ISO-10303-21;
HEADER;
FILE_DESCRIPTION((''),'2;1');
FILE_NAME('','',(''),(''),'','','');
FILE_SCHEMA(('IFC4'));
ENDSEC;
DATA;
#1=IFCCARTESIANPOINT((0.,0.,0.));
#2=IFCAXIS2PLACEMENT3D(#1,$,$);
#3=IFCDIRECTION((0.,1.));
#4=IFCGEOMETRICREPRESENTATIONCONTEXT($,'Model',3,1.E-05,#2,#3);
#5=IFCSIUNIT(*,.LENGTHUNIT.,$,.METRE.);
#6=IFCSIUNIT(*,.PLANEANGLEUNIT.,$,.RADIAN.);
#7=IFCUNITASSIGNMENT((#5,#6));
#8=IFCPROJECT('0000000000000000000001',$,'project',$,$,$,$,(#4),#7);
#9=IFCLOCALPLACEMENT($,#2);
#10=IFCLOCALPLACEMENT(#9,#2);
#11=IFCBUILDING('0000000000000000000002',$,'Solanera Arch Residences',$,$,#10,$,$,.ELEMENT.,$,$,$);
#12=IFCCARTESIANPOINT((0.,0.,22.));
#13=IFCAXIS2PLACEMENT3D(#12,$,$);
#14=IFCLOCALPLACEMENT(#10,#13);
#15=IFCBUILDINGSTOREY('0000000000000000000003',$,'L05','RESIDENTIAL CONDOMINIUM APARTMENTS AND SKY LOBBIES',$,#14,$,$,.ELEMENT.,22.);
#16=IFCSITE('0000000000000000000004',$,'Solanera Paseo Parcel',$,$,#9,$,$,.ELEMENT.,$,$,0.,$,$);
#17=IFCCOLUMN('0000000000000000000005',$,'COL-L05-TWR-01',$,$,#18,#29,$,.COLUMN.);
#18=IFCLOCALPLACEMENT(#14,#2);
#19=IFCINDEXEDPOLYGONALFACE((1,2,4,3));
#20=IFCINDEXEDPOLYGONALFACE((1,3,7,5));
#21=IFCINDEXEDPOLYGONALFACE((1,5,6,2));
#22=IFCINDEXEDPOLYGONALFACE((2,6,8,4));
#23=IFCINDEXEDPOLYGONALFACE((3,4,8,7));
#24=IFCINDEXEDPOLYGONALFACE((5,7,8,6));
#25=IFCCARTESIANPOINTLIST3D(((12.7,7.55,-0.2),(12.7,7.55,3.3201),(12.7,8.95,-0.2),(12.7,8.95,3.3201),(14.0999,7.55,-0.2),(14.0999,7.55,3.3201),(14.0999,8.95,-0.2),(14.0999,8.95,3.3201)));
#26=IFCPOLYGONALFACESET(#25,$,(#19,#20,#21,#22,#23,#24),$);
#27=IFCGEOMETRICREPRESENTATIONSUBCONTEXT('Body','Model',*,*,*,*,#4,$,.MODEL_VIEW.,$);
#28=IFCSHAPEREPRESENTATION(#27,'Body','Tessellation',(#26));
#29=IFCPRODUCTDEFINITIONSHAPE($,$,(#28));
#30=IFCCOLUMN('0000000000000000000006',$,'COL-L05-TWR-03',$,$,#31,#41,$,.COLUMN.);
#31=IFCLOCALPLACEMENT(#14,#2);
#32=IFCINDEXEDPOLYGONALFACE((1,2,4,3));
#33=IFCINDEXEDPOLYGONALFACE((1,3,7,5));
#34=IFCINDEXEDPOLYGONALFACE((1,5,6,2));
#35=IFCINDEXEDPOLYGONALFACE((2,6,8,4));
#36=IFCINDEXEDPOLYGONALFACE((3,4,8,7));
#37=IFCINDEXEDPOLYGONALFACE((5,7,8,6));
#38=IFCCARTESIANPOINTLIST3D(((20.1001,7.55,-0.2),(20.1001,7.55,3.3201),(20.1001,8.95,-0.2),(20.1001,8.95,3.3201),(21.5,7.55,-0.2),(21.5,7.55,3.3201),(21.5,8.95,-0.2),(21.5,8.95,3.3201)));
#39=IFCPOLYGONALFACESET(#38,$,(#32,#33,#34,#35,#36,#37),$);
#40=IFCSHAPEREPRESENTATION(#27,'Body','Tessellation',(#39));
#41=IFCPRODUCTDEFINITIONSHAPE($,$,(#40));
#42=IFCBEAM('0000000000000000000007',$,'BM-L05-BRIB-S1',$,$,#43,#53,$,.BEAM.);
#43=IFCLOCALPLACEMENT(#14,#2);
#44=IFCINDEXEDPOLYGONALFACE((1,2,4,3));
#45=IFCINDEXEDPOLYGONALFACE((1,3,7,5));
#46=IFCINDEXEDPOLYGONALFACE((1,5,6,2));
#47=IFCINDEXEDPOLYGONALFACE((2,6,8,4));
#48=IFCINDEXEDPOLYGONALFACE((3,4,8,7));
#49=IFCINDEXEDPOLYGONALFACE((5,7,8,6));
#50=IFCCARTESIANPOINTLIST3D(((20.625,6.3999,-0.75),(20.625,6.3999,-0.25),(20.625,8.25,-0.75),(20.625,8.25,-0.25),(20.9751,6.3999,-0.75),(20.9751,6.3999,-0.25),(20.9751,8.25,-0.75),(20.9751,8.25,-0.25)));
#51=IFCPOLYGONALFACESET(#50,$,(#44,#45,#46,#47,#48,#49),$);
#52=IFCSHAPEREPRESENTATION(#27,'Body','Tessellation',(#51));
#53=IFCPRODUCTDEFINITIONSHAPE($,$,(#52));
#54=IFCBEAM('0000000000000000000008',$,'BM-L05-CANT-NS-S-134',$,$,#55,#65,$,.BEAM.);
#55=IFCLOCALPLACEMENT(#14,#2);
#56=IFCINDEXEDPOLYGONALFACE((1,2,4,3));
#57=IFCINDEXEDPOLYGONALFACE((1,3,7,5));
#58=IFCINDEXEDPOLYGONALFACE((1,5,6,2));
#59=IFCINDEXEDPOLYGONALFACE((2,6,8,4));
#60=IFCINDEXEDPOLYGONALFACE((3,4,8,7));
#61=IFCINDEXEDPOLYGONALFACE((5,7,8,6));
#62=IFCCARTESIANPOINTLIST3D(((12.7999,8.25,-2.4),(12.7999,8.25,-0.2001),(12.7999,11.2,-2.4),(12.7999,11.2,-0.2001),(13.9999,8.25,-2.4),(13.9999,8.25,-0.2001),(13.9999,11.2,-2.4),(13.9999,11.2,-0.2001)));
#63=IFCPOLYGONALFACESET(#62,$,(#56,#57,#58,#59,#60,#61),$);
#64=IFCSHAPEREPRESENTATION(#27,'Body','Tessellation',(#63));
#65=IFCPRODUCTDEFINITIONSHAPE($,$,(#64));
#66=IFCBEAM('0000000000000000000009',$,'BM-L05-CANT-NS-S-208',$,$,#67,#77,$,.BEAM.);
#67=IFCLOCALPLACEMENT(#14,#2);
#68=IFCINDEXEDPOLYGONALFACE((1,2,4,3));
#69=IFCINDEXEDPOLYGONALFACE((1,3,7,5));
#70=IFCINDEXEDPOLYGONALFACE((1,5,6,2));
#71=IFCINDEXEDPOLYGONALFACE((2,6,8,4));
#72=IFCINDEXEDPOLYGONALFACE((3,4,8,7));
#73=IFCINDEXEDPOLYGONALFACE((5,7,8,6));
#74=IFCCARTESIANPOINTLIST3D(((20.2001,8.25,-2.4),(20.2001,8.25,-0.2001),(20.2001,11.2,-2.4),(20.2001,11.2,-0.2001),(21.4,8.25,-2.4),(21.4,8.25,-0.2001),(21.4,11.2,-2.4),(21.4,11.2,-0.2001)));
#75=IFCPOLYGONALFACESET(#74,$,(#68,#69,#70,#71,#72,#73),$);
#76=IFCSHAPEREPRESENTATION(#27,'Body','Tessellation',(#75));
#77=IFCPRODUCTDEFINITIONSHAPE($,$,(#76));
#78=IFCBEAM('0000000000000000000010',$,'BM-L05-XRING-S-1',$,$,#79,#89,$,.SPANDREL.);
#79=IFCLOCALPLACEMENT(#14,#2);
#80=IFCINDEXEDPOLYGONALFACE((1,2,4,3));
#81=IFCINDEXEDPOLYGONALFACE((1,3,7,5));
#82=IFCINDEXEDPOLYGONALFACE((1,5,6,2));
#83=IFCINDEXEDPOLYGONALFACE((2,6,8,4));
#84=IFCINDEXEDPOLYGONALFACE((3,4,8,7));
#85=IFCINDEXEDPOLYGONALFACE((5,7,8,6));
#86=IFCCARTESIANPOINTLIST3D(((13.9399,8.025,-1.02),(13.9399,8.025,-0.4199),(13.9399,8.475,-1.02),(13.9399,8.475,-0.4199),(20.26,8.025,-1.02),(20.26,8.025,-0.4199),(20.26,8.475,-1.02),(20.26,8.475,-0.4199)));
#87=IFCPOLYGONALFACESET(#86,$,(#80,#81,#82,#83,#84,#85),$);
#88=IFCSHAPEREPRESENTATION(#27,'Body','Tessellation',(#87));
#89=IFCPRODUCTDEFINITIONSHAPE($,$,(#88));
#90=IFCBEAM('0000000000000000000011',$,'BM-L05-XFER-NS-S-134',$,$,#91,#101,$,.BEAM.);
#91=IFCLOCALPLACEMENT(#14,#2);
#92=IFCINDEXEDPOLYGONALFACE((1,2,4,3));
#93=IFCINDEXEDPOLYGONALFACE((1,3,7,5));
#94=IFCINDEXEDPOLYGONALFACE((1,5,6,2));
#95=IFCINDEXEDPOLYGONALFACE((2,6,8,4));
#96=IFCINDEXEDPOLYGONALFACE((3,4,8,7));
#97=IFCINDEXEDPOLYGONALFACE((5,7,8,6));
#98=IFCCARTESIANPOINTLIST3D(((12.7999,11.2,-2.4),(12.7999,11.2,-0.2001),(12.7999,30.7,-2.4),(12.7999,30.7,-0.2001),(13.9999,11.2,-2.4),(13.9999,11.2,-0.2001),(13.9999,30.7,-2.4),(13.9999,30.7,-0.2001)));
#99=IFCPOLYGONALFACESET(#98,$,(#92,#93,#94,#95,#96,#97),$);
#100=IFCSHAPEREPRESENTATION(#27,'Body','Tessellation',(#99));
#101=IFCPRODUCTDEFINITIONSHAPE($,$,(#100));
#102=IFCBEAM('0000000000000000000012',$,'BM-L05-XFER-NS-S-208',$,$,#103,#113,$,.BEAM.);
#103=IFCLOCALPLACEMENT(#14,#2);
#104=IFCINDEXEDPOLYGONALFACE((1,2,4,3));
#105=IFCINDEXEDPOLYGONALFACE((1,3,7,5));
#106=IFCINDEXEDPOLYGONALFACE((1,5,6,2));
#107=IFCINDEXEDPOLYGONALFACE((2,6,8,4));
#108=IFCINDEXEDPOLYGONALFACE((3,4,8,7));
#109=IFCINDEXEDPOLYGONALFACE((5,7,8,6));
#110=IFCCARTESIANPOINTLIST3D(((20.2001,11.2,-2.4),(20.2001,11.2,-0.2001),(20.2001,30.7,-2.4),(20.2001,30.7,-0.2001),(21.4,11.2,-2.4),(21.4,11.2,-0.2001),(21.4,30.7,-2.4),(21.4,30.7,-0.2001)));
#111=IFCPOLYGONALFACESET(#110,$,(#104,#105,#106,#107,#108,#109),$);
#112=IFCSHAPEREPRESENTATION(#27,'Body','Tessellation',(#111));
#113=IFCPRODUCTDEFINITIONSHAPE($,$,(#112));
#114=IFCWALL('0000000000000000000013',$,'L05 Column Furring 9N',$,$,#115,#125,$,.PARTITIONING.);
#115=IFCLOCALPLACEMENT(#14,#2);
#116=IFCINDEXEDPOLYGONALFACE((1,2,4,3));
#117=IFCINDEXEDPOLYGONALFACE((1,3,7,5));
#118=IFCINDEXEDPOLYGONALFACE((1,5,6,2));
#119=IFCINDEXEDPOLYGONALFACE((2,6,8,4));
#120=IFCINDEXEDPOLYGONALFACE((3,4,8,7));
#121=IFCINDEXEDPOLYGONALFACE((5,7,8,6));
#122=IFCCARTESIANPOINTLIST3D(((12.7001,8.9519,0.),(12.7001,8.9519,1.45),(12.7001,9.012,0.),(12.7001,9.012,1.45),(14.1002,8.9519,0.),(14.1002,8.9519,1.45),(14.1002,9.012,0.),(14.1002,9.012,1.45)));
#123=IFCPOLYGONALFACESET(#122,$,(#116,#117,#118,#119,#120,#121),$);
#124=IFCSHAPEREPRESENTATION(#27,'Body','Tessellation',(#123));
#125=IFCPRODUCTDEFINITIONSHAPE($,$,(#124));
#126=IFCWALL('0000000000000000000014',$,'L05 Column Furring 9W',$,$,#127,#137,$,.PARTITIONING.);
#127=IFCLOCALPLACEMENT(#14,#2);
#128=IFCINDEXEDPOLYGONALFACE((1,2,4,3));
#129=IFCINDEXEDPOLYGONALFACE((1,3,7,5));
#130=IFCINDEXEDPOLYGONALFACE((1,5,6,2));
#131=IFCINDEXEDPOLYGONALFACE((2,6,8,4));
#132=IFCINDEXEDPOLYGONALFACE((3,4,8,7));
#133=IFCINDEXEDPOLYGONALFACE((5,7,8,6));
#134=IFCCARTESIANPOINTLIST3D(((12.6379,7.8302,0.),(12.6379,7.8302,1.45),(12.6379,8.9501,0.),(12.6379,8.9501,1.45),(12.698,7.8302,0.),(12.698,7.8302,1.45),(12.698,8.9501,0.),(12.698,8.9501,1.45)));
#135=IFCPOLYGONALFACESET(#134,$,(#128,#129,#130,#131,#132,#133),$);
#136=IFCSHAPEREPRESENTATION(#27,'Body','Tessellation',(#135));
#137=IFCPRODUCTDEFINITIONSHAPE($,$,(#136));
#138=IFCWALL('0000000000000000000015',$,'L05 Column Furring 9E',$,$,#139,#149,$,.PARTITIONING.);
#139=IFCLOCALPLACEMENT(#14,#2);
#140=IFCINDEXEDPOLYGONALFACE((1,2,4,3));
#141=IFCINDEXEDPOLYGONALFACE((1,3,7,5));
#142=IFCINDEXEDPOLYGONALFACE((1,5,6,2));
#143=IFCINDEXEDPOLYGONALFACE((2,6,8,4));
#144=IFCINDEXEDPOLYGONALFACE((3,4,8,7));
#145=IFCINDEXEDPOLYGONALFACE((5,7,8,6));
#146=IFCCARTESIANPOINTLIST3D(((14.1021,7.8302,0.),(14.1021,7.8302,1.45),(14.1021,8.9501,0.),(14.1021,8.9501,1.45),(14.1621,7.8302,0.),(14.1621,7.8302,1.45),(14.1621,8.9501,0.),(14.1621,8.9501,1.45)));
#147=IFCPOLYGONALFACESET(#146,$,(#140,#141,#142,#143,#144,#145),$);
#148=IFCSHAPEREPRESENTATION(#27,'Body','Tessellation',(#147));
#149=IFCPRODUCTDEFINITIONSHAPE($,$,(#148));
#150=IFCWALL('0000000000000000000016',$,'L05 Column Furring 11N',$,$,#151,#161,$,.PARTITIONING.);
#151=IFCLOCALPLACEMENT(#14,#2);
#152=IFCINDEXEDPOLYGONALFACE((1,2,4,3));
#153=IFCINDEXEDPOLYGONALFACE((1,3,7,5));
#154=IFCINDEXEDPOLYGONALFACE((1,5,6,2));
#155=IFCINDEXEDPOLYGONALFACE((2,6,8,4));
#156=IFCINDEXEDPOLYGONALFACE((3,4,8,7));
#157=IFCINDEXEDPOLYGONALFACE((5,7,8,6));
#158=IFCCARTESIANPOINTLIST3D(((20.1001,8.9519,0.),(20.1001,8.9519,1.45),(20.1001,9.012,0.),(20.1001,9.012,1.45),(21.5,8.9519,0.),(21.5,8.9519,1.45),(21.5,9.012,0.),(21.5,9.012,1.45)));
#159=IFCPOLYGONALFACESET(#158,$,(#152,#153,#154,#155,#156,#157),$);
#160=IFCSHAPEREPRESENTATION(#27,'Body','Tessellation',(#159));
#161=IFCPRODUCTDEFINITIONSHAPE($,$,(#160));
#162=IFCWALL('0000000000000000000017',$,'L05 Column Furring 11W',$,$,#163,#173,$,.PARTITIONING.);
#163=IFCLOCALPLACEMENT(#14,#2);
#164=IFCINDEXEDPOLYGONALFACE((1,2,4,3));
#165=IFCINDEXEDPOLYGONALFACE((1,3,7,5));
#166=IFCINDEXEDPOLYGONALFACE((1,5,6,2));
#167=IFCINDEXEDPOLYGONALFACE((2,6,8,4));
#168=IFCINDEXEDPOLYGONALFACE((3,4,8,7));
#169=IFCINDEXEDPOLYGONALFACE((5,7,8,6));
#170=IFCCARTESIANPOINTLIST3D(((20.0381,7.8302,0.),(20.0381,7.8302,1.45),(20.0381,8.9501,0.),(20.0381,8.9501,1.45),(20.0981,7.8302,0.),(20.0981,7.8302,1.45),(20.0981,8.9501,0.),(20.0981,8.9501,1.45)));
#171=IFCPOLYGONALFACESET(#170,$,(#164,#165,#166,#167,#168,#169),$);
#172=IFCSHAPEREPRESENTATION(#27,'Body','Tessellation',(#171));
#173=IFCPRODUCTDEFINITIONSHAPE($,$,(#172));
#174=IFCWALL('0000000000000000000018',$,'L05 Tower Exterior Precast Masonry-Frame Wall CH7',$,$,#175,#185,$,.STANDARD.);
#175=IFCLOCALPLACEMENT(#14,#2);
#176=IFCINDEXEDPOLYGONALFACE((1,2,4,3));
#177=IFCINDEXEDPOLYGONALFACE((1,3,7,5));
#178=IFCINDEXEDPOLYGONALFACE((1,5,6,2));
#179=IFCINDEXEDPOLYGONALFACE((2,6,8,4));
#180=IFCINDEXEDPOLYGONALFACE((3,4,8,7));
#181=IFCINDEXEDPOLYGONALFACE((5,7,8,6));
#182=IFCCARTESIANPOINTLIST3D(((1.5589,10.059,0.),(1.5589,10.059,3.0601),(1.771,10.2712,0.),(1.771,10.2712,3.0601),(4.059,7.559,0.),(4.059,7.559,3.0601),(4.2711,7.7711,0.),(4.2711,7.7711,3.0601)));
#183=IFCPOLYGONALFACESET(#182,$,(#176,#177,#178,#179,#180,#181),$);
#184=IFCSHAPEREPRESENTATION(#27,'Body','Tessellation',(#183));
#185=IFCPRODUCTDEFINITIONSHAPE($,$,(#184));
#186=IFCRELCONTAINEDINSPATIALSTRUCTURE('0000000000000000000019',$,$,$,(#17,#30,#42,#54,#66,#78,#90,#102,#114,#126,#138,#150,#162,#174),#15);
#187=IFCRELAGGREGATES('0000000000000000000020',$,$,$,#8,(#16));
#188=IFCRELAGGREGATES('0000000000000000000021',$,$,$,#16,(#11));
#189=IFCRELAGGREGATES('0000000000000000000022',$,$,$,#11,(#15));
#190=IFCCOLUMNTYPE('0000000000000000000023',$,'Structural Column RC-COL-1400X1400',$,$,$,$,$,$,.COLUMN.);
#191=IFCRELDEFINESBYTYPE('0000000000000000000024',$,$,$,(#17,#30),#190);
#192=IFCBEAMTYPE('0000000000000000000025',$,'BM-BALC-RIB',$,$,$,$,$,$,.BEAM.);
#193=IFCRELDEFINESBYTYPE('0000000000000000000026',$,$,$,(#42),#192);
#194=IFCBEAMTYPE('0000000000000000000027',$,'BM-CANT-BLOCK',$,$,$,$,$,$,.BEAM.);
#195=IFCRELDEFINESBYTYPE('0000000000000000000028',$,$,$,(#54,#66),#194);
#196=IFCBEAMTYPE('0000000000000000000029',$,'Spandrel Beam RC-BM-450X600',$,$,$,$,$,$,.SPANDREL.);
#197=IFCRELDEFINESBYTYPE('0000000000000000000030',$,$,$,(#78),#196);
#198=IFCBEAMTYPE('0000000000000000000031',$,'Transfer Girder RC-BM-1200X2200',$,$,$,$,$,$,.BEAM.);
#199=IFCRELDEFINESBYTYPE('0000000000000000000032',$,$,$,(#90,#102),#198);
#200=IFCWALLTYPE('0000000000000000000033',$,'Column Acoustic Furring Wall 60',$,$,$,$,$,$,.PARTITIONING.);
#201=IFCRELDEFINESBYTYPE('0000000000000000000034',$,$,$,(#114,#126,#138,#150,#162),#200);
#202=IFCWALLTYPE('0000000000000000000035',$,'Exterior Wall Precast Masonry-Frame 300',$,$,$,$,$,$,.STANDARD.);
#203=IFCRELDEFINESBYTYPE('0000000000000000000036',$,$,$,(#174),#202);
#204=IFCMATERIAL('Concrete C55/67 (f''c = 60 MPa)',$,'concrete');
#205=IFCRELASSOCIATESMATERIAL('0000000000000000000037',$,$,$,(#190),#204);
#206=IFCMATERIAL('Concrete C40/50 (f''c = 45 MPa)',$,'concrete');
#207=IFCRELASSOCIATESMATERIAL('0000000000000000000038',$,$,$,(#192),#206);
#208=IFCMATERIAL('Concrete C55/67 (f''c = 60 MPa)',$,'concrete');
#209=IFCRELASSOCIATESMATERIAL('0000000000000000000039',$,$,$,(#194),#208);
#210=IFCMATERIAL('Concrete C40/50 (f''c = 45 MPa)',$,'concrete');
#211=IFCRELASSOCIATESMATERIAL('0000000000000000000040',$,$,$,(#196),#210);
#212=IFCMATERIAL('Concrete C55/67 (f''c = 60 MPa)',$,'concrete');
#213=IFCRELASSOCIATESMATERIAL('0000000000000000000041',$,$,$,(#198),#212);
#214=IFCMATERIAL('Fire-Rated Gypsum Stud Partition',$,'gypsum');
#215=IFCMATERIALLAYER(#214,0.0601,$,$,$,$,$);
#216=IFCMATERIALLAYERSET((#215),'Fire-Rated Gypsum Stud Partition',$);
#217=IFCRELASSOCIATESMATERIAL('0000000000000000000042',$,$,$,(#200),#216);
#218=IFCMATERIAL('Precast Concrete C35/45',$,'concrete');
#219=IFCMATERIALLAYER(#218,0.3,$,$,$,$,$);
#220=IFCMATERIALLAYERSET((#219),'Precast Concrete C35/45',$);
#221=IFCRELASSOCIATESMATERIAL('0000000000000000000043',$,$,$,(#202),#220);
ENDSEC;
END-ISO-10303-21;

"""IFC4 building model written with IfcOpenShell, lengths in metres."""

from ifc_helpers import new_model, si_unit, direction, frame, frame_2d, origin, origin_2d, place, context, subcontext, project, spatial, rectangle, extrude, material, layer, layer_set, material_profile, profile_set, type_object, element, save


model = new_model("IFC4")

# Units and contexts
model_context = context("Model", 3, precision=1e-05, world=origin(), true_north=direction((0.0, 1.0)))
body_context = subcontext(model_context, "Body", "Model", "MODEL_VIEW")
ifc_project = project(units=[si_unit("LENGTHUNIT", "METRE"), si_unit("PLANEANGLEUNIT", "RADIAN")], contexts=[model_context])

# Site, building, storey
site_placement = place(None, origin())
site = spatial("IfcSite", under=ifc_project, at=site_placement, Name="Solanera Paseo Parcel", CompositionType="ELEMENT", RefElevation=0.0)
building_placement = place(site_placement, origin())
building = spatial("IfcBuilding", under=site, at=building_placement, Name="Solanera Arch Residences", CompositionType="ELEMENT")
storey_placement = place(building_placement, frame((0.0, 0.0, 22.0)))
storey = spatial("IfcBuildingStorey", under=building, at=storey_placement, Name="L05", Description="RESIDENTIAL CONDOMINIUM APARTMENTS AND SKY LOBBIES", CompositionType="ELEMENT", Elevation=22.0)

# Columns
ifc_material_1 = material(Name="Concrete C55/67 (f'c = 60 MPa)", Category="concrete")
ifc_material_profile_1 = material_profile(ifc_material_1, rectangle(XDim=1.3999, YDim=1.3999, at=origin_2d()))
ifc_profile_set_1 = profile_set([ifc_material_profile_1], Name="Concrete C55/67 (f'c = 60 MPa)")
column_type = type_object("IfcColumnType", Name="Structural Column RC-COL-1400X1400", PredefinedType="COLUMN", material=ifc_profile_set_1)
for number, where, z_axis, x_axis, name in (
    (1, (13.3999, 8.25, -0.2), (0.0, 0.0, 1.0), (1.0, 0.0, 0.0), "COL-L05-TWR-01"),
    (2, (20.8, 8.25, -0.2), (0.0, 0.0, 1.0), (1.0, 0.0, 0.0), "COL-L05-TWR-03"),
):
    element("IfcColumn", number, at=place(storey_placement, frame(where, z_axis=z_axis, x_axis=x_axis)), inside=storey, type_object=column_type, Name=name, PredefinedType="COLUMN", context=body_context, shape_type="SweptSolid", body=[
        extrude(rectangle(XDim=1.3999, YDim=1.3999, at=origin_2d()), origin(), (0.0, 0.0, 1.0), 3.52),
    ])

# Beams
ifc_material_2 = material(Name="Concrete C40/50 (f'c = 45 MPa)", Category="concrete")
ifc_material_profile_2 = material_profile(ifc_material_2, rectangle(XDim=0.3501, YDim=0.5, at=origin_2d()))
ifc_profile_set_2 = profile_set([ifc_material_profile_2], Name="Concrete C40/50 (f'c = 45 MPa)")
beam_type_1 = type_object("IfcBeamType", Name="BM-BALC-RIB", PredefinedType="BEAM", material=ifc_profile_set_2)
beam_1_placement = place(storey_placement, frame((20.8, 6.3999, -0.5), z_axis=(0.0, 1.0, 0.0), x_axis=(-1.0, 0.0, 0.0)))
element("IfcBeam", 3, at=beam_1_placement, inside=storey, type_object=beam_type_1, Name="BM-L05-BRIB-S1", PredefinedType="BEAM", context=body_context, shape_type="SweptSolid", body=[
    extrude(rectangle(XDim=0.3501, YDim=0.5, at=origin_2d()), origin(), (0.0, 0.0, 1.0), 1.8501),
])
ifc_material_3 = material(Name="Concrete C55/67 (f'c = 60 MPa)", Category="concrete")
ifc_material_profile_3 = material_profile(ifc_material_3, rectangle(XDim=1.2, YDim=2.2, at=origin_2d()))
ifc_profile_set_3 = profile_set([ifc_material_profile_3], Name="Concrete C55/67 (f'c = 60 MPa)")
beam_type_2 = type_object("IfcBeamType", Name="BM-CANT-BLOCK", PredefinedType="BEAM", material=ifc_profile_set_3)
for number, where, z_axis, x_axis, name in (
    (4, (13.3999, 8.25, -1.3), (0.0, 1.0, 0.0), (-1.0, 0.0, 0.0), "BM-L05-CANT-NS-S-134"),
    (5, (20.8, 8.25, -1.3), (0.0, 1.0, 0.0), (-1.0, 0.0, 0.0), "BM-L05-CANT-NS-S-208"),
):
    element("IfcBeam", number, at=place(storey_placement, frame(where, z_axis=z_axis, x_axis=x_axis)), inside=storey, type_object=beam_type_2, Name=name, PredefinedType="BEAM", context=body_context, shape_type="SweptSolid", body=[
        extrude(rectangle(XDim=1.2, YDim=2.2, at=origin_2d()), origin(), (0.0, 0.0, 1.0), 2.95),
    ])
ifc_material_4 = material(Name="Concrete C40/50 (f'c = 45 MPa)", Category="concrete")
ifc_material_profile_4 = material_profile(ifc_material_4, rectangle(XDim=0.45, YDim=0.6001, at=origin_2d()))
ifc_profile_set_4 = profile_set([ifc_material_profile_4], Name="Concrete C40/50 (f'c = 45 MPa)")
beam_type_3 = type_object("IfcBeamType", Name="Spandrel Beam RC-BM-450X600", PredefinedType="SPANDREL", material=ifc_profile_set_4)
beam_2_placement = place(storey_placement, frame((13.9399, 8.25, -0.72), z_axis=(1.0, 0.0, 0.0), x_axis=(0.0, 1.0, 0.0)))
element("IfcBeam", 6, at=beam_2_placement, inside=storey, type_object=beam_type_3, Name="BM-L05-XRING-S-1", PredefinedType="SPANDREL", context=body_context, shape_type="SweptSolid", body=[
    extrude(rectangle(XDim=0.45, YDim=0.6001, at=origin_2d()), origin(), (0.0, 0.0, 1.0), 6.3201),
])
ifc_material_5 = material(Name="Concrete C55/67 (f'c = 60 MPa)", Category="concrete")
ifc_material_profile_5 = material_profile(ifc_material_5, rectangle(XDim=1.2, YDim=2.2, at=origin_2d()))
ifc_profile_set_5 = profile_set([ifc_material_profile_5], Name="Concrete C55/67 (f'c = 60 MPa)")
beam_type_4 = type_object("IfcBeamType", Name="Transfer Girder RC-BM-1200X2200", PredefinedType="BEAM", material=ifc_profile_set_5)
for number, where, z_axis, x_axis, name in (
    (7, (13.3999, 11.2, -1.3), (0.0, 1.0, 0.0), (-1.0, 0.0, 0.0), "BM-L05-XFER-NS-S-134"),
    (8, (20.8, 11.2, -1.3), (0.0, 1.0, 0.0), (-1.0, 0.0, 0.0), "BM-L05-XFER-NS-S-208"),
):
    element("IfcBeam", number, at=place(storey_placement, frame(where, z_axis=z_axis, x_axis=x_axis)), inside=storey, type_object=beam_type_4, Name=name, PredefinedType="BEAM", context=body_context, shape_type="SweptSolid", body=[
        extrude(rectangle(XDim=1.2, YDim=2.2, at=origin_2d()), origin(), (0.0, 0.0, 1.0), 19.5),
    ])

# Walls
ifc_material_6 = material(Name="Fire-Rated Gypsum Stud Partition", Category="gypsum")
ifc_layer_1 = layer(ifc_material_6, 0.0601)
ifc_layer_set_1 = layer_set([ifc_layer_1], Name="Fire-Rated Gypsum Stud Partition")
wall_type_1 = type_object("IfcWallType", Name="Column Acoustic Furring Wall 60", PredefinedType="PARTITIONING", material=ifc_layer_set_1)
wall_1_placement = place(storey_placement, frame((12.7, 8.9819, 0.0), z_axis=(0.0, 0.0, 1.0), x_axis=(1.0, 0.0, 0.0)))
element("IfcWall", 9, at=wall_1_placement, inside=storey, type_object=wall_type_1, Name="L05 Column Furring 9N", PredefinedType="PARTITIONING", context=body_context, shape_type="SweptSolid", body=[
    extrude(rectangle(XDim=1.4001, YDim=0.0601, at=frame_2d((0.7002, 0.0))), origin(), (0.0, 0.0, 1.0), 1.45),
])
for number, where, z_axis, x_axis, name in (
    (10, (12.668, 7.8301, 0.0), (0.0, 0.0, 1.0), (0.0, 1.0, 0.0), "L05 Column Furring 9W"),
    (11, (14.1321, 7.8301, 0.0), (0.0, 0.0, 1.0), (0.0, 1.0, 0.0), "L05 Column Furring 9E"),
):
    element("IfcWall", number, at=place(storey_placement, frame(where, z_axis=z_axis, x_axis=x_axis)), inside=storey, type_object=wall_type_1, Name=name, PredefinedType="PARTITIONING", context=body_context, shape_type="SweptSolid", body=[
        extrude(rectangle(XDim=1.1199, YDim=0.0601, at=frame_2d((0.5601, 0.0))), origin(), (0.0, 0.0, 1.0), 1.45),
    ])
wall_2_placement = place(storey_placement, frame((20.1001, 8.9819, 0.0), z_axis=(0.0, 0.0, 1.0), x_axis=(1.0, 0.0, 0.0)))
element("IfcWall", 12, at=wall_2_placement, inside=storey, type_object=wall_type_1, Name="L05 Column Furring 11N", PredefinedType="PARTITIONING", context=body_context, shape_type="SweptSolid", body=[
    extrude(rectangle(XDim=1.3999, YDim=0.0601, at=frame_2d((0.7, 0.0))), origin(), (0.0, 0.0, 1.0), 1.45),
])
wall_3_placement = place(storey_placement, frame((20.0681, 7.8301, 0.0), z_axis=(0.0, 0.0, 1.0), x_axis=(0.0, 1.0, 0.0)))
element("IfcWall", 13, at=wall_3_placement, inside=storey, type_object=wall_type_1, Name="L05 Column Furring 11W", PredefinedType="PARTITIONING", context=body_context, shape_type="SweptSolid", body=[
    extrude(rectangle(XDim=1.1199, YDim=0.0601, at=frame_2d((0.5601, 0.0))), origin(), (0.0, 0.0, 1.0), 1.45),
])
ifc_material_7 = material(Name="Precast Concrete C35/45", Category="concrete")
ifc_layer_2 = layer(ifc_material_7, 0.3)
ifc_layer_set_2 = layer_set([ifc_layer_2], Name="Precast Concrete C35/45")
wall_type_2 = type_object("IfcWallType", Name="Exterior Wall Precast Masonry-Frame 300", PredefinedType="STANDARD", material=ifc_layer_set_2)
wall_4_placement = place(storey_placement, frame((4.165, 7.665, 0.0), z_axis=(0.0, 0.0, 1.0), x_axis=(-0.707107, 0.707107, 0.0)))
element("IfcWall", 14, at=wall_4_placement, inside=storey, type_object=wall_type_2, Name="L05 Tower Exterior Precast Masonry-Frame Wall CH7", PredefinedType="STANDARD", context=body_context, shape_type="SweptSolid", body=[
    extrude(rectangle(XDim=3.5356, YDim=0.3, at=frame_2d((1.7678, 0.0))), origin(), (0.0, 0.0, 1.0), 3.0601),
])

save(model, "model.ifc")
